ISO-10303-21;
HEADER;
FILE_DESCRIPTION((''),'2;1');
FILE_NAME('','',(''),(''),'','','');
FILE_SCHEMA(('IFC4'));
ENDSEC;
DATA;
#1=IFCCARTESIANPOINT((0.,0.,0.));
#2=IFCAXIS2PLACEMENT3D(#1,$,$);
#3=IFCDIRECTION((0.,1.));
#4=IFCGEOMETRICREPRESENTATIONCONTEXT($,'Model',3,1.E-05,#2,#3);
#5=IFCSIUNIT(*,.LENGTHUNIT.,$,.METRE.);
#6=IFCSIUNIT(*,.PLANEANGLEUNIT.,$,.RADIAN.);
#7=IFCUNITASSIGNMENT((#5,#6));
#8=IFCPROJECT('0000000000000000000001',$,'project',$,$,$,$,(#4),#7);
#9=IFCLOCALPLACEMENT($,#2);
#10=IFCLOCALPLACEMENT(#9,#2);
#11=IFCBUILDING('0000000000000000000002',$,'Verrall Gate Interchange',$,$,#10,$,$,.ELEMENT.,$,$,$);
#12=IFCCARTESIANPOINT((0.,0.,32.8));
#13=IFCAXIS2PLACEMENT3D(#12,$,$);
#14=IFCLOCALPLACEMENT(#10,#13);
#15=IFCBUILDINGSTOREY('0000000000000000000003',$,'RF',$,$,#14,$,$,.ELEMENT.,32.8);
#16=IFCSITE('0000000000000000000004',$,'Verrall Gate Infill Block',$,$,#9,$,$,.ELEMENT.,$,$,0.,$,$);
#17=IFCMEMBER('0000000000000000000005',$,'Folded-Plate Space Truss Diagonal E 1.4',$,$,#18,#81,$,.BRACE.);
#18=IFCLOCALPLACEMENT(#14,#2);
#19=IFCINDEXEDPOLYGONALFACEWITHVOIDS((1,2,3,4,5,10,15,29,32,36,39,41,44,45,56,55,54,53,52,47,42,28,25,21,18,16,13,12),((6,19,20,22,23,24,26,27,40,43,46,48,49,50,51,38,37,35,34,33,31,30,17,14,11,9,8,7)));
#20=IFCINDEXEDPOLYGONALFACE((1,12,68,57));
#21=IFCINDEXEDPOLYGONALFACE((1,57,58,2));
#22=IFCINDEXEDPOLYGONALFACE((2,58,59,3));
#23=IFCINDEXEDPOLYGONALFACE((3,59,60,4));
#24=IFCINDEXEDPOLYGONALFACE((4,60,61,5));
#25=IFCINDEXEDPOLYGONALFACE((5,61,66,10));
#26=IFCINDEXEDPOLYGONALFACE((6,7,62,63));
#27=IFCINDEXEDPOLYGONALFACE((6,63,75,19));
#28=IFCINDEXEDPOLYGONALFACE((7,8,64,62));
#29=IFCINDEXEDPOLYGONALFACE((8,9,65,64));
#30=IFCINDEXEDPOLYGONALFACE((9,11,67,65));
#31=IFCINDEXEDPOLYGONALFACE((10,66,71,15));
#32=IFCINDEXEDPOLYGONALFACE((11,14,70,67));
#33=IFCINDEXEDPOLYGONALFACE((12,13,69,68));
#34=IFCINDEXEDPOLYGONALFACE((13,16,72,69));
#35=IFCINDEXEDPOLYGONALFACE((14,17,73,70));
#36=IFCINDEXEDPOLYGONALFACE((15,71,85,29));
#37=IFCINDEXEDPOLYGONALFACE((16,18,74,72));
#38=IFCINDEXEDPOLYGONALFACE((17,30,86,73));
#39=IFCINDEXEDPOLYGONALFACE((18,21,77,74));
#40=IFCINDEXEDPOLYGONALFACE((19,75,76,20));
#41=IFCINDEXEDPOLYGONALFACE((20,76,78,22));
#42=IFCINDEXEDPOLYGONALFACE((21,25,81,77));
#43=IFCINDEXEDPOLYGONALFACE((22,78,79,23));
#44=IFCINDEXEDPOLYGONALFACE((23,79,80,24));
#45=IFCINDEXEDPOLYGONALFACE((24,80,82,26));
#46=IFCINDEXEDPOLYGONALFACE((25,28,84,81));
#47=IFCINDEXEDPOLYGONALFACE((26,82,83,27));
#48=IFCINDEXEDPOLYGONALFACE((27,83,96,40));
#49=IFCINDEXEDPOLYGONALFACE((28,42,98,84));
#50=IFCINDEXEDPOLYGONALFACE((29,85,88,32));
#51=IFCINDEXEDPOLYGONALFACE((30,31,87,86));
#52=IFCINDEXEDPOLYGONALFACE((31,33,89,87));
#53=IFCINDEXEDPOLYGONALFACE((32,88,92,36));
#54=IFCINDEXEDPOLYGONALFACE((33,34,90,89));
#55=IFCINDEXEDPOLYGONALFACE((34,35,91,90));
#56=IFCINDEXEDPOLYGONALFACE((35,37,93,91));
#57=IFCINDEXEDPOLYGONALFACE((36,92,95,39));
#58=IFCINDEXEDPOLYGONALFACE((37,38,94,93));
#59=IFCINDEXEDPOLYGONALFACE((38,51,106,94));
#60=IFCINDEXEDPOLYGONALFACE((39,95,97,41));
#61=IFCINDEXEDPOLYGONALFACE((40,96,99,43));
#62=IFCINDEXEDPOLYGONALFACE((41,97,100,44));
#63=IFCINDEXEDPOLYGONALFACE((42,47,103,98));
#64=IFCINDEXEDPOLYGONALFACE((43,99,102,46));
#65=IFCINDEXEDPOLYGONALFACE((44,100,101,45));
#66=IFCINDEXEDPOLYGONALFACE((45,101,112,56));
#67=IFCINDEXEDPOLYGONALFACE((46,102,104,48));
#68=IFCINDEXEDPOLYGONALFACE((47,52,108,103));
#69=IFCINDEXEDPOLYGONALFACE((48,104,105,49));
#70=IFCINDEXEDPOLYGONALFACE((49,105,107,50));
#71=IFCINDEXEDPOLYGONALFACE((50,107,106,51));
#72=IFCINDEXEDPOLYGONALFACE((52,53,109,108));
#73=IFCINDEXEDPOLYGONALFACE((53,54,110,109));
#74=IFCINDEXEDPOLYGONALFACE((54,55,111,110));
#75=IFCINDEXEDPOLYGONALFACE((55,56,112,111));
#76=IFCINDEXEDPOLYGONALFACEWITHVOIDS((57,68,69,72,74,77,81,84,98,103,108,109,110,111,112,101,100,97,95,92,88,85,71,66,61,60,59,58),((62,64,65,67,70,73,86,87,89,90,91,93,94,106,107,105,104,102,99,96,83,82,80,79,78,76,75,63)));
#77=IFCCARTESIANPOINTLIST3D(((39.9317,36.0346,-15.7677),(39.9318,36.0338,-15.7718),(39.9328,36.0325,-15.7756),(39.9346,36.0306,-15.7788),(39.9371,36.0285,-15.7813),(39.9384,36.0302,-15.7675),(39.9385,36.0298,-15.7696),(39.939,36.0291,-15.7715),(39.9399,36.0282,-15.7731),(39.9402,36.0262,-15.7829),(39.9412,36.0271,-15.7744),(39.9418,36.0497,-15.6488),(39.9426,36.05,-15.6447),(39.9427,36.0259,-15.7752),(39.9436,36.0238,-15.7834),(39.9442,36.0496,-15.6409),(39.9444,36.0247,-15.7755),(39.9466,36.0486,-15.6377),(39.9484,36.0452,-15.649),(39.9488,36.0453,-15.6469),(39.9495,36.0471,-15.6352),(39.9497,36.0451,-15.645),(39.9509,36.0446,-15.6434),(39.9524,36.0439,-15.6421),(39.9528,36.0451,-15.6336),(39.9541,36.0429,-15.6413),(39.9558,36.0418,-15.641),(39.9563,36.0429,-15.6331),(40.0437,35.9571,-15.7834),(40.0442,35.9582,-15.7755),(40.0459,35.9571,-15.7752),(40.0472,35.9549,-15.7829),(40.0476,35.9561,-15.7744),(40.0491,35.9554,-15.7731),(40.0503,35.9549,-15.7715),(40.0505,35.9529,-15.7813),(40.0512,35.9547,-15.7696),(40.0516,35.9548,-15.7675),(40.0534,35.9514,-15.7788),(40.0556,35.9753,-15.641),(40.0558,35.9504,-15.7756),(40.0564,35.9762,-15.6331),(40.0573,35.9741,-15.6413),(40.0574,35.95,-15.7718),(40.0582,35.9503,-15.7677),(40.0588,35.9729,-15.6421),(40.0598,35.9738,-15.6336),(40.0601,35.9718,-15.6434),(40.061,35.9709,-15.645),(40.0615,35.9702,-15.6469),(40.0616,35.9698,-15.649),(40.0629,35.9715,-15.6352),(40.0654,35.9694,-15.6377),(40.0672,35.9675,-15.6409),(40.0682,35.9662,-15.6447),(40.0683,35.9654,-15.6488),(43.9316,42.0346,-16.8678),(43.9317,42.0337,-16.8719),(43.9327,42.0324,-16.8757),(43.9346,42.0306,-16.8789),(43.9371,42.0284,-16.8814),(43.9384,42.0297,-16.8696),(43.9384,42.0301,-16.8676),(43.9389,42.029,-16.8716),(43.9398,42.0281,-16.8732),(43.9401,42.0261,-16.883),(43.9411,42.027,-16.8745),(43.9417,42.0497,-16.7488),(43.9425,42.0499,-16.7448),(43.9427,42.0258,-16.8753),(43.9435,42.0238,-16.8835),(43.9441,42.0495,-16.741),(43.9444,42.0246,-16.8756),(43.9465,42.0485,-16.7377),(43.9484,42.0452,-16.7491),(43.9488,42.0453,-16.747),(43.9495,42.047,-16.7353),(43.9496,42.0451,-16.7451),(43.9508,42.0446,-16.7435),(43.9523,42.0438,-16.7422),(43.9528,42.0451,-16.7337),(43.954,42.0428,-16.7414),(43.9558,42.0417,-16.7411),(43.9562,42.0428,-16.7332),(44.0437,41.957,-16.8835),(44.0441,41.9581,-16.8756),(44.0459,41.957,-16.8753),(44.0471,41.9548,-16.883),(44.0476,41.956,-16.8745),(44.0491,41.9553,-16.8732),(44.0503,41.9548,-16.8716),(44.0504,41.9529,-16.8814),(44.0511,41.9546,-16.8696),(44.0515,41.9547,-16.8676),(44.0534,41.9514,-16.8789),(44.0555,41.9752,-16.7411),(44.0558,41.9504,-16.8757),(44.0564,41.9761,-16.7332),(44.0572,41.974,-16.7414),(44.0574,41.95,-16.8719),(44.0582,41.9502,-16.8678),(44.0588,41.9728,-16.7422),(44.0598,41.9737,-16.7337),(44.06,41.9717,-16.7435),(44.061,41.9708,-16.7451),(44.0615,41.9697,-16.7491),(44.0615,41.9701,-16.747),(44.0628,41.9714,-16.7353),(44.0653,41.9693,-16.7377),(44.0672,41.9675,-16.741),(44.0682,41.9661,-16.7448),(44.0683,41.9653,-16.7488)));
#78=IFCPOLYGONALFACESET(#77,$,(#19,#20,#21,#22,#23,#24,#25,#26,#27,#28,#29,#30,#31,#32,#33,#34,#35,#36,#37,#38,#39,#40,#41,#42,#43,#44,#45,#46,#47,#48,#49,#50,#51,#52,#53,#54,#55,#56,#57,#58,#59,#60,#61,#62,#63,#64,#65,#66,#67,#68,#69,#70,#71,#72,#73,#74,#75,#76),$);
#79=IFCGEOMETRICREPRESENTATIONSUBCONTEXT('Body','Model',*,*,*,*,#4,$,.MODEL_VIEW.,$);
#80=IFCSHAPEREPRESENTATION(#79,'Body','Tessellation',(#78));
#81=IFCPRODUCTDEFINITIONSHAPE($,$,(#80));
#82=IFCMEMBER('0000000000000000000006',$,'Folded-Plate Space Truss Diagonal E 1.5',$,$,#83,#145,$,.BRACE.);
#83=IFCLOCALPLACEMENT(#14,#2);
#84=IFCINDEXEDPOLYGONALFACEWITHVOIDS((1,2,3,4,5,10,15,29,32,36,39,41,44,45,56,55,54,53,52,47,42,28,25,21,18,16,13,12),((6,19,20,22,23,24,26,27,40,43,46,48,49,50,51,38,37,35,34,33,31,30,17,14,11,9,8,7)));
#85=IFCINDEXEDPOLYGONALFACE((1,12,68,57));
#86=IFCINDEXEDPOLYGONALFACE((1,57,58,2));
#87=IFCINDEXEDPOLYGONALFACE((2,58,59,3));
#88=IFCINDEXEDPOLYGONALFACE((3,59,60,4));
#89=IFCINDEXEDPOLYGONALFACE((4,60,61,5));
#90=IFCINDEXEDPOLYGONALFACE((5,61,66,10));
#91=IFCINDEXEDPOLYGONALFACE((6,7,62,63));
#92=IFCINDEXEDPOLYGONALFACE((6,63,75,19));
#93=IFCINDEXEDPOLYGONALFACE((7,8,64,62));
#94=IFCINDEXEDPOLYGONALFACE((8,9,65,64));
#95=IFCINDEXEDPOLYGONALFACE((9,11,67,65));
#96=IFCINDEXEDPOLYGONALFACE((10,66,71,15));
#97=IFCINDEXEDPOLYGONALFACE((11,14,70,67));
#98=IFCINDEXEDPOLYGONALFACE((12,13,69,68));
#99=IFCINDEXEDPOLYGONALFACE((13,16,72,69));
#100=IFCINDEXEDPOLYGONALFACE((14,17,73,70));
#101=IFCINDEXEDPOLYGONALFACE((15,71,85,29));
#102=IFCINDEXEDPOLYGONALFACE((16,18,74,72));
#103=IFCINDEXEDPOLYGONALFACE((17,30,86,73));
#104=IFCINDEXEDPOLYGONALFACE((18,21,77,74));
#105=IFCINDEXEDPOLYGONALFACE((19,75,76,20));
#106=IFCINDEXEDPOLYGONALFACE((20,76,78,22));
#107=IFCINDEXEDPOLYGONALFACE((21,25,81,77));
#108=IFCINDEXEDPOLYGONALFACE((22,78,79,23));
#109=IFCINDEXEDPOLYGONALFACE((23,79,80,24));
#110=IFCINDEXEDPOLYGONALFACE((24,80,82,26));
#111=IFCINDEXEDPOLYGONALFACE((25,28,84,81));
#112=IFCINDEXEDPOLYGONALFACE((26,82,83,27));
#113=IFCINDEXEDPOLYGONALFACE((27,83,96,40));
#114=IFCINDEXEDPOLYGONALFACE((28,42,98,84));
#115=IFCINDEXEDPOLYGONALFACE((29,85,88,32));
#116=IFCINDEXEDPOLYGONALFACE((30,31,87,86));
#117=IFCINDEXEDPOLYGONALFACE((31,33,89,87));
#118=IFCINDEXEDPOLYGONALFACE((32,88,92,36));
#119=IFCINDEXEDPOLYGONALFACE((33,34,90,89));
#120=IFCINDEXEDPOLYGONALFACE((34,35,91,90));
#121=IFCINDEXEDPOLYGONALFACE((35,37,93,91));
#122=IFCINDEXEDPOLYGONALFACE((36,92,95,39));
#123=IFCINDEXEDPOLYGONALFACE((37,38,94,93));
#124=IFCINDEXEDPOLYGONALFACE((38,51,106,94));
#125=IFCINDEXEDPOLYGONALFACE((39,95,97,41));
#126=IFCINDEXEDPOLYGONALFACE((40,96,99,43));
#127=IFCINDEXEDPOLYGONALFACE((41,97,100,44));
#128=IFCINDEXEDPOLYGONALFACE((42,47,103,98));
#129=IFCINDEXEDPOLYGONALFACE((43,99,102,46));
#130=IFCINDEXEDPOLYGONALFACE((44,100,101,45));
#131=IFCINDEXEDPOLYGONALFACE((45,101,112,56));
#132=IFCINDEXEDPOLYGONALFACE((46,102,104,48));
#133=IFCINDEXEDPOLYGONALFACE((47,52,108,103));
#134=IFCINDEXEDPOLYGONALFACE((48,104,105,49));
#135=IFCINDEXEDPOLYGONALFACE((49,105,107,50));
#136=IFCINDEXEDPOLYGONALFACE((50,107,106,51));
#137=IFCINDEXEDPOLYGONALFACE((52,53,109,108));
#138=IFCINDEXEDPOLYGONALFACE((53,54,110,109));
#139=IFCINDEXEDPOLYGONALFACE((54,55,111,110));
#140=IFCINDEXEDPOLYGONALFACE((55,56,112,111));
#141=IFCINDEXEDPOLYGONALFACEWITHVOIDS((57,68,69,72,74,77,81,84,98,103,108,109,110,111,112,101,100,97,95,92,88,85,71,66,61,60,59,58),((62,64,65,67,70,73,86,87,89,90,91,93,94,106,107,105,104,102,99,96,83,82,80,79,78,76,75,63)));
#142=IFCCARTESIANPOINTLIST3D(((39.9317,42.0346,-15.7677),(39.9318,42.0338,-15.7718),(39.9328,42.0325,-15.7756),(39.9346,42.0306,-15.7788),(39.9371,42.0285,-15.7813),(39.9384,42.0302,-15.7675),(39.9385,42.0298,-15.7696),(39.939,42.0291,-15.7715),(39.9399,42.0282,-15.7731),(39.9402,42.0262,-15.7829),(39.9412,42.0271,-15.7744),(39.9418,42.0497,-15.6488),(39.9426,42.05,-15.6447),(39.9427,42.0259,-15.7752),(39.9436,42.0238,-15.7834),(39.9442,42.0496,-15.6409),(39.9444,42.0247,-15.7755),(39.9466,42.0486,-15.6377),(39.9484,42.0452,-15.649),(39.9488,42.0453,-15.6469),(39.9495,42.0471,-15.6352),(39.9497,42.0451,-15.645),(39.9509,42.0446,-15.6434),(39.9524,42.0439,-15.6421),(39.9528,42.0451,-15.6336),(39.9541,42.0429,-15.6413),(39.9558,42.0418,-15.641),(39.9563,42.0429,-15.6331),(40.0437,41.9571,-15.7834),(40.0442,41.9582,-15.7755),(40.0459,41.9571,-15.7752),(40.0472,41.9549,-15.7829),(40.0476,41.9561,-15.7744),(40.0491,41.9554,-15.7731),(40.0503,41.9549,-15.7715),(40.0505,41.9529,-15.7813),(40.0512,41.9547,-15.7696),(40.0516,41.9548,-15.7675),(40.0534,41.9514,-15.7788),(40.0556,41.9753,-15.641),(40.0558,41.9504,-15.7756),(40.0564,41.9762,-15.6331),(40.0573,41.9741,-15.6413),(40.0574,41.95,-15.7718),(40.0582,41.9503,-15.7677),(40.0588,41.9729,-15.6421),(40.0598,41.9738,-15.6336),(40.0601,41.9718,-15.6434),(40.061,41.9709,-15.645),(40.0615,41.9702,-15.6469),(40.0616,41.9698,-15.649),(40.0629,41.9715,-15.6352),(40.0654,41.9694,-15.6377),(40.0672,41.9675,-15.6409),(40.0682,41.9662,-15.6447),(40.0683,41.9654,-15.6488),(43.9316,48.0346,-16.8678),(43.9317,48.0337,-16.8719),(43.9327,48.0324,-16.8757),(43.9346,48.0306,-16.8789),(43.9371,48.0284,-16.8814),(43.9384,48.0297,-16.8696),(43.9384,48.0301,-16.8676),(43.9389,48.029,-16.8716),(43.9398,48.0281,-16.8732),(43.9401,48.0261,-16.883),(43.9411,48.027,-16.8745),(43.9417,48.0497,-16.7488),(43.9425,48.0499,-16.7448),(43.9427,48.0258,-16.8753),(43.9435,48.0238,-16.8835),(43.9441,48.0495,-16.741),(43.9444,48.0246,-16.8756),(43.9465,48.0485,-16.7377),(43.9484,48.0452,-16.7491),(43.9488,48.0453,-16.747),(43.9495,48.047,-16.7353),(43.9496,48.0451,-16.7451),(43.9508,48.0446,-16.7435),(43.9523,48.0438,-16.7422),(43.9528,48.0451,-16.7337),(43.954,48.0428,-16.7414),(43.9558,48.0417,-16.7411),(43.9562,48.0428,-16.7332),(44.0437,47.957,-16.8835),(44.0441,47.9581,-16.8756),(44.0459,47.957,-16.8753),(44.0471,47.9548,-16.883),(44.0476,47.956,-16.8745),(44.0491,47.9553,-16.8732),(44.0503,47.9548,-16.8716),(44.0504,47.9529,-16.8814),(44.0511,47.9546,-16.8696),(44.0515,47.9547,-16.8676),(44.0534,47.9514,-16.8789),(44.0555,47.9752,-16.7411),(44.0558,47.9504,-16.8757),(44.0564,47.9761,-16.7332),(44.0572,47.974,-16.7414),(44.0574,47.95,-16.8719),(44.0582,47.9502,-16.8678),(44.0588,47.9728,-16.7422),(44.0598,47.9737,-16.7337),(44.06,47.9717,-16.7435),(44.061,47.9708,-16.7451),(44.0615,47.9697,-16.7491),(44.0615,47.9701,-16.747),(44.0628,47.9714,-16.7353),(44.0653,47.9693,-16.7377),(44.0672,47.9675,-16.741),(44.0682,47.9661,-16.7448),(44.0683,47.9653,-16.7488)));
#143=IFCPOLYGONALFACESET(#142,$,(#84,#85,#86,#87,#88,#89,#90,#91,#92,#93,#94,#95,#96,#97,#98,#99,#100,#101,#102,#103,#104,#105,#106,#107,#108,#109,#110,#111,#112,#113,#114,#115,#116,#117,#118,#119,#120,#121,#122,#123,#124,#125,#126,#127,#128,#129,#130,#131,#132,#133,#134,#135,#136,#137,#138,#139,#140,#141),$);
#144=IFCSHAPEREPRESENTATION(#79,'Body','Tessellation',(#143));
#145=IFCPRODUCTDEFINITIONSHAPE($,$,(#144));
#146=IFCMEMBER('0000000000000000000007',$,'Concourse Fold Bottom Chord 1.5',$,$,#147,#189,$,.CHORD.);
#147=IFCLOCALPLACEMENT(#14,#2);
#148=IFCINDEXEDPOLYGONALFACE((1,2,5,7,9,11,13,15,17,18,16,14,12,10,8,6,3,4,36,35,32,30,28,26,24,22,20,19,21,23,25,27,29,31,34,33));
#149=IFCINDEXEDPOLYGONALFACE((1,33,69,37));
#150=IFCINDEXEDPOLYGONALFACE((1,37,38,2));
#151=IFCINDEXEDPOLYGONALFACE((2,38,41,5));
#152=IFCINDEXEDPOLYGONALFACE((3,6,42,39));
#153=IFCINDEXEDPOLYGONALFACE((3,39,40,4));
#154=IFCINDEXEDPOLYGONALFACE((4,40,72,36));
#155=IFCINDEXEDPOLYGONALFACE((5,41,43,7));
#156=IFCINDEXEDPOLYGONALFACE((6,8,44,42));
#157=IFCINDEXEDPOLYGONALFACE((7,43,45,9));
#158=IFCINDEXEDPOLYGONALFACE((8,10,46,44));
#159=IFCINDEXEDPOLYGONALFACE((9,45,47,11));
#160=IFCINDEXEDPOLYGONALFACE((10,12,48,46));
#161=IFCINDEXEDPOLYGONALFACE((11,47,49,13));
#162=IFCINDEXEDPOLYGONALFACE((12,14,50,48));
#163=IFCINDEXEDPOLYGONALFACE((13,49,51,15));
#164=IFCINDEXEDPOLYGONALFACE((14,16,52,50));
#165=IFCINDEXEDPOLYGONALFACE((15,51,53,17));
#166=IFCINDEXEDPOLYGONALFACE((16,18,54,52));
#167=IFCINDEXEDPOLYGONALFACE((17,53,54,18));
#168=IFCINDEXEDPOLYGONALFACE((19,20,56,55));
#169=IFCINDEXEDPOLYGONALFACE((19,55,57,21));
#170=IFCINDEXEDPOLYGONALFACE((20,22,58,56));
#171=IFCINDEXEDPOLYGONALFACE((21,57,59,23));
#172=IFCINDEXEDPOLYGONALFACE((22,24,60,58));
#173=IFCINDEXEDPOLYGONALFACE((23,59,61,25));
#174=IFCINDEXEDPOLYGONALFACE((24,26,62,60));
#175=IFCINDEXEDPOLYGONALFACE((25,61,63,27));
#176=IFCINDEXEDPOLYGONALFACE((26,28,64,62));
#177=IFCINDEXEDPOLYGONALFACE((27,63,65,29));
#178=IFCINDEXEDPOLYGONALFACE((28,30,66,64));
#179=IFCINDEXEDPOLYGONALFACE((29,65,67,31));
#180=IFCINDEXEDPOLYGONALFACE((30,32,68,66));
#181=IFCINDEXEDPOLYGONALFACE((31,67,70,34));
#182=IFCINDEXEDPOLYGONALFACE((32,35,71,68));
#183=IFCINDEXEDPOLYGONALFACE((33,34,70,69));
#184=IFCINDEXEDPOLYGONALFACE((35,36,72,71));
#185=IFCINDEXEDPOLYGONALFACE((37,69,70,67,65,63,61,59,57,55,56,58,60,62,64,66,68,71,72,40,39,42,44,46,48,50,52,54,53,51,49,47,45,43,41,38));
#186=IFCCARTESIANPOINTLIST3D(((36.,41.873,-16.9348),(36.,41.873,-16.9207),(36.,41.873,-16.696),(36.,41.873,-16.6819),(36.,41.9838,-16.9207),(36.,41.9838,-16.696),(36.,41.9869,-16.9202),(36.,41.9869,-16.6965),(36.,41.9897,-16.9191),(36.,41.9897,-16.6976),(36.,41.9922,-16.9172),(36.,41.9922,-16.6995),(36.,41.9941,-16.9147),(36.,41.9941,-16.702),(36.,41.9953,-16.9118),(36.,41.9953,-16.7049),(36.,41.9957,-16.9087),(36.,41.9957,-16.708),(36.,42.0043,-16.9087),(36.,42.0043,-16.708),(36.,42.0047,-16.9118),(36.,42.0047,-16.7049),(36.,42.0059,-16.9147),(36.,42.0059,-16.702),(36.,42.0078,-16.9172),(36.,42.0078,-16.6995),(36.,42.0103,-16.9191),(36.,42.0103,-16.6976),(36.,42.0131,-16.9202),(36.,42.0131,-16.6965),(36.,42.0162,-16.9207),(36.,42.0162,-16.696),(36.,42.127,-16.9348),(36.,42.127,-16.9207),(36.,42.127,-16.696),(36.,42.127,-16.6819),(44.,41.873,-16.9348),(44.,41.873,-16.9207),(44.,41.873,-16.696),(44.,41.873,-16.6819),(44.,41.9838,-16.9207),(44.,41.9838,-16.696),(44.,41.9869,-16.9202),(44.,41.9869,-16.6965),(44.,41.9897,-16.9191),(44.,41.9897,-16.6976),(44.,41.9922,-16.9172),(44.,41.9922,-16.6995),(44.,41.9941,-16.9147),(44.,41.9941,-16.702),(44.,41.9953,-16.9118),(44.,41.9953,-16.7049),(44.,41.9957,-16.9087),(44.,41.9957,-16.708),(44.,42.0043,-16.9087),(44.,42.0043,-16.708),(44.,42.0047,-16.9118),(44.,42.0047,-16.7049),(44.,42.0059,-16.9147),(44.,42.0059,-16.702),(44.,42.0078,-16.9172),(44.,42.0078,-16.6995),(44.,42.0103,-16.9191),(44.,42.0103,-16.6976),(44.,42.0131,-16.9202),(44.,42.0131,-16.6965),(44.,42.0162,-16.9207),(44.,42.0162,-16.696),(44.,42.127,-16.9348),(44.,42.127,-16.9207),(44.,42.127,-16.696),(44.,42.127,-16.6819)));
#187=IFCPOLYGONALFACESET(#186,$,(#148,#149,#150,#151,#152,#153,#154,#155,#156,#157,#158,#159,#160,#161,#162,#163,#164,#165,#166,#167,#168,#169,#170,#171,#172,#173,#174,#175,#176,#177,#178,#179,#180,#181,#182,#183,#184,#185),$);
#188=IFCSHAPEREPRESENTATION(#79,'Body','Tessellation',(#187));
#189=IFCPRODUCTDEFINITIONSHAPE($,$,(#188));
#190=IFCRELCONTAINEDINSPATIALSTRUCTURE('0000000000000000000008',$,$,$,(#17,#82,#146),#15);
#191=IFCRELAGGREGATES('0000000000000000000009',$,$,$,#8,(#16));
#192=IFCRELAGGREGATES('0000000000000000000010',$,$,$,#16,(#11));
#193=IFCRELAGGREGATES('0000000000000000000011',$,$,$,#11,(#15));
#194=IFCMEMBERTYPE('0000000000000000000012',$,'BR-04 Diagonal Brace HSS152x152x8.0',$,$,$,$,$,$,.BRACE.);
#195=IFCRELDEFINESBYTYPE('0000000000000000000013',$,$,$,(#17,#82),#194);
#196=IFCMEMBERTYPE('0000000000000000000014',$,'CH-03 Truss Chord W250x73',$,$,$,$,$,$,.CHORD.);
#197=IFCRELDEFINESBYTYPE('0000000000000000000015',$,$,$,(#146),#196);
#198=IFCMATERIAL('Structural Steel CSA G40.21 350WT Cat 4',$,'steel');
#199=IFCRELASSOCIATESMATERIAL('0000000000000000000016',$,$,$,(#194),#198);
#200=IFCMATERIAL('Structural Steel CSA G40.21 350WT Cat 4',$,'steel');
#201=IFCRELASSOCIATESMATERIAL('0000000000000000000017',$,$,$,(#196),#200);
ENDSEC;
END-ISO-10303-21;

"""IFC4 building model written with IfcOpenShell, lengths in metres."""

from ifc_helpers import new_model, si_unit, direction, frame, origin, origin_2d, place, context, subcontext, project, spatial, hollow_rectangle, i_section, extrude, material, material_profile, profile_set, type_object, element, save


model = new_model("IFC4")

# Units and contexts
model_context = context("Model", 3, precision=1e-05, world=origin(), true_north=direction((0.0, 1.0)))
body_context = subcontext(model_context, "Body", "Model", "MODEL_VIEW")
ifc_project = project(units=[si_unit("LENGTHUNIT", "METRE"), si_unit("PLANEANGLEUNIT", "RADIAN")], contexts=[model_context])

# Site, building, storey
site_placement = place(None, origin())
site = spatial("IfcSite", under=ifc_project, at=site_placement, Name="Verrall Gate Infill Block", CompositionType="ELEMENT", RefElevation=0.0)
building_placement = place(site_placement, origin())
building = spatial("IfcBuilding", under=site, at=building_placement, Name="Verrall Gate Interchange", CompositionType="ELEMENT")
storey_placement = place(building_placement, frame((0.0, 0.0, 32.8)))
storey = spatial("IfcBuildingStorey", under=building, at=storey_placement, Name="RF", CompositionType="ELEMENT", Elevation=32.8)

# Members
ifc_material_1 = material(Name="Structural Steel CSA G40.21 350WT Cat 4", Category="steel")
ifc_material_profile_1 = material_profile(ifc_material_1, hollow_rectangle(XDim=0.1521, YDim=0.1521, WallThickness=0.0081, InnerFilletRadius=0.0081, OuterFilletRadius=0.0159, at=origin_2d()), Name="HSS152x152x8.0")
ifc_profile_set_1 = profile_set([ifc_material_profile_1], Name="Structural Steel CSA G40.21 350WT Cat 4")
member_type_1 = type_object("IfcMemberType", Name="BR-04 Diagonal Brace HSS152x152x8.0", PredefinedType="BRACE", material=ifc_profile_set_1)
for number, where, z_axis, x_axis, name in (
    (1, (40.0, 36.0, -15.7083), (0.548356, 0.822534, -0.150811), (-0.83205, 0.5547, 0.0), "Folded-Plate Space Truss Diagonal E 1.4"),
    (2, (40.0, 42.0, -15.7083), (0.548356, 0.822534, -0.150811), (-0.83205, 0.5547, 0.0), "Folded-Plate Space Truss Diagonal E 1.5"),
):
    element("IfcMember", number, at=place(storey_placement, frame(where, z_axis=z_axis, x_axis=x_axis)), inside=storey, type_object=member_type_1, Name=name, PredefinedType="BRACE", context=body_context, shape_type="SweptSolid", body=[
        extrude(hollow_rectangle(XDim=0.1521, YDim=0.1521, WallThickness=0.0081, InnerFilletRadius=0.0081, OuterFilletRadius=0.0159, at=origin_2d()), origin(), (0.0, 0.0, 1.0), 7.2944),
    ])
ifc_material_2 = material(Name="Structural Steel CSA G40.21 350WT Cat 4", Category="steel")
ifc_material_profile_2 = material_profile(ifc_material_2, i_section(OverallWidth=0.2539, OverallDepth=0.2529, WebThickness=0.0085, FlangeThickness=0.0142, FilletRadius=0.012, at=origin_2d()), Name="W250x73")
ifc_profile_set_2 = profile_set([ifc_material_profile_2], Name="Structural Steel CSA G40.21 350WT Cat 4")
member_type_2 = type_object("IfcMemberType", Name="CH-03 Truss Chord W250x73", PredefinedType="CHORD", material=ifc_profile_set_2)
member_1_placement = place(storey_placement, frame((36.0, 42.0, -16.8083), z_axis=(1.0, 0.0, 0.0), x_axis=(0.0, 1.0, 0.0)))
element("IfcMember", 3, at=member_1_placement, inside=storey, type_object=member_type_2, Name="Concourse Fold Bottom Chord 1.5", PredefinedType="CHORD", context=body_context, shape_type="SweptSolid", body=[
    extrude(i_section(OverallWidth=0.2539, OverallDepth=0.2529, WebThickness=0.0085, FlangeThickness=0.0142, FilletRadius=0.012, at=origin_2d()), origin(), (0.0, 0.0, 1.0), 8.0),
])

save(model, "model.ifc")
